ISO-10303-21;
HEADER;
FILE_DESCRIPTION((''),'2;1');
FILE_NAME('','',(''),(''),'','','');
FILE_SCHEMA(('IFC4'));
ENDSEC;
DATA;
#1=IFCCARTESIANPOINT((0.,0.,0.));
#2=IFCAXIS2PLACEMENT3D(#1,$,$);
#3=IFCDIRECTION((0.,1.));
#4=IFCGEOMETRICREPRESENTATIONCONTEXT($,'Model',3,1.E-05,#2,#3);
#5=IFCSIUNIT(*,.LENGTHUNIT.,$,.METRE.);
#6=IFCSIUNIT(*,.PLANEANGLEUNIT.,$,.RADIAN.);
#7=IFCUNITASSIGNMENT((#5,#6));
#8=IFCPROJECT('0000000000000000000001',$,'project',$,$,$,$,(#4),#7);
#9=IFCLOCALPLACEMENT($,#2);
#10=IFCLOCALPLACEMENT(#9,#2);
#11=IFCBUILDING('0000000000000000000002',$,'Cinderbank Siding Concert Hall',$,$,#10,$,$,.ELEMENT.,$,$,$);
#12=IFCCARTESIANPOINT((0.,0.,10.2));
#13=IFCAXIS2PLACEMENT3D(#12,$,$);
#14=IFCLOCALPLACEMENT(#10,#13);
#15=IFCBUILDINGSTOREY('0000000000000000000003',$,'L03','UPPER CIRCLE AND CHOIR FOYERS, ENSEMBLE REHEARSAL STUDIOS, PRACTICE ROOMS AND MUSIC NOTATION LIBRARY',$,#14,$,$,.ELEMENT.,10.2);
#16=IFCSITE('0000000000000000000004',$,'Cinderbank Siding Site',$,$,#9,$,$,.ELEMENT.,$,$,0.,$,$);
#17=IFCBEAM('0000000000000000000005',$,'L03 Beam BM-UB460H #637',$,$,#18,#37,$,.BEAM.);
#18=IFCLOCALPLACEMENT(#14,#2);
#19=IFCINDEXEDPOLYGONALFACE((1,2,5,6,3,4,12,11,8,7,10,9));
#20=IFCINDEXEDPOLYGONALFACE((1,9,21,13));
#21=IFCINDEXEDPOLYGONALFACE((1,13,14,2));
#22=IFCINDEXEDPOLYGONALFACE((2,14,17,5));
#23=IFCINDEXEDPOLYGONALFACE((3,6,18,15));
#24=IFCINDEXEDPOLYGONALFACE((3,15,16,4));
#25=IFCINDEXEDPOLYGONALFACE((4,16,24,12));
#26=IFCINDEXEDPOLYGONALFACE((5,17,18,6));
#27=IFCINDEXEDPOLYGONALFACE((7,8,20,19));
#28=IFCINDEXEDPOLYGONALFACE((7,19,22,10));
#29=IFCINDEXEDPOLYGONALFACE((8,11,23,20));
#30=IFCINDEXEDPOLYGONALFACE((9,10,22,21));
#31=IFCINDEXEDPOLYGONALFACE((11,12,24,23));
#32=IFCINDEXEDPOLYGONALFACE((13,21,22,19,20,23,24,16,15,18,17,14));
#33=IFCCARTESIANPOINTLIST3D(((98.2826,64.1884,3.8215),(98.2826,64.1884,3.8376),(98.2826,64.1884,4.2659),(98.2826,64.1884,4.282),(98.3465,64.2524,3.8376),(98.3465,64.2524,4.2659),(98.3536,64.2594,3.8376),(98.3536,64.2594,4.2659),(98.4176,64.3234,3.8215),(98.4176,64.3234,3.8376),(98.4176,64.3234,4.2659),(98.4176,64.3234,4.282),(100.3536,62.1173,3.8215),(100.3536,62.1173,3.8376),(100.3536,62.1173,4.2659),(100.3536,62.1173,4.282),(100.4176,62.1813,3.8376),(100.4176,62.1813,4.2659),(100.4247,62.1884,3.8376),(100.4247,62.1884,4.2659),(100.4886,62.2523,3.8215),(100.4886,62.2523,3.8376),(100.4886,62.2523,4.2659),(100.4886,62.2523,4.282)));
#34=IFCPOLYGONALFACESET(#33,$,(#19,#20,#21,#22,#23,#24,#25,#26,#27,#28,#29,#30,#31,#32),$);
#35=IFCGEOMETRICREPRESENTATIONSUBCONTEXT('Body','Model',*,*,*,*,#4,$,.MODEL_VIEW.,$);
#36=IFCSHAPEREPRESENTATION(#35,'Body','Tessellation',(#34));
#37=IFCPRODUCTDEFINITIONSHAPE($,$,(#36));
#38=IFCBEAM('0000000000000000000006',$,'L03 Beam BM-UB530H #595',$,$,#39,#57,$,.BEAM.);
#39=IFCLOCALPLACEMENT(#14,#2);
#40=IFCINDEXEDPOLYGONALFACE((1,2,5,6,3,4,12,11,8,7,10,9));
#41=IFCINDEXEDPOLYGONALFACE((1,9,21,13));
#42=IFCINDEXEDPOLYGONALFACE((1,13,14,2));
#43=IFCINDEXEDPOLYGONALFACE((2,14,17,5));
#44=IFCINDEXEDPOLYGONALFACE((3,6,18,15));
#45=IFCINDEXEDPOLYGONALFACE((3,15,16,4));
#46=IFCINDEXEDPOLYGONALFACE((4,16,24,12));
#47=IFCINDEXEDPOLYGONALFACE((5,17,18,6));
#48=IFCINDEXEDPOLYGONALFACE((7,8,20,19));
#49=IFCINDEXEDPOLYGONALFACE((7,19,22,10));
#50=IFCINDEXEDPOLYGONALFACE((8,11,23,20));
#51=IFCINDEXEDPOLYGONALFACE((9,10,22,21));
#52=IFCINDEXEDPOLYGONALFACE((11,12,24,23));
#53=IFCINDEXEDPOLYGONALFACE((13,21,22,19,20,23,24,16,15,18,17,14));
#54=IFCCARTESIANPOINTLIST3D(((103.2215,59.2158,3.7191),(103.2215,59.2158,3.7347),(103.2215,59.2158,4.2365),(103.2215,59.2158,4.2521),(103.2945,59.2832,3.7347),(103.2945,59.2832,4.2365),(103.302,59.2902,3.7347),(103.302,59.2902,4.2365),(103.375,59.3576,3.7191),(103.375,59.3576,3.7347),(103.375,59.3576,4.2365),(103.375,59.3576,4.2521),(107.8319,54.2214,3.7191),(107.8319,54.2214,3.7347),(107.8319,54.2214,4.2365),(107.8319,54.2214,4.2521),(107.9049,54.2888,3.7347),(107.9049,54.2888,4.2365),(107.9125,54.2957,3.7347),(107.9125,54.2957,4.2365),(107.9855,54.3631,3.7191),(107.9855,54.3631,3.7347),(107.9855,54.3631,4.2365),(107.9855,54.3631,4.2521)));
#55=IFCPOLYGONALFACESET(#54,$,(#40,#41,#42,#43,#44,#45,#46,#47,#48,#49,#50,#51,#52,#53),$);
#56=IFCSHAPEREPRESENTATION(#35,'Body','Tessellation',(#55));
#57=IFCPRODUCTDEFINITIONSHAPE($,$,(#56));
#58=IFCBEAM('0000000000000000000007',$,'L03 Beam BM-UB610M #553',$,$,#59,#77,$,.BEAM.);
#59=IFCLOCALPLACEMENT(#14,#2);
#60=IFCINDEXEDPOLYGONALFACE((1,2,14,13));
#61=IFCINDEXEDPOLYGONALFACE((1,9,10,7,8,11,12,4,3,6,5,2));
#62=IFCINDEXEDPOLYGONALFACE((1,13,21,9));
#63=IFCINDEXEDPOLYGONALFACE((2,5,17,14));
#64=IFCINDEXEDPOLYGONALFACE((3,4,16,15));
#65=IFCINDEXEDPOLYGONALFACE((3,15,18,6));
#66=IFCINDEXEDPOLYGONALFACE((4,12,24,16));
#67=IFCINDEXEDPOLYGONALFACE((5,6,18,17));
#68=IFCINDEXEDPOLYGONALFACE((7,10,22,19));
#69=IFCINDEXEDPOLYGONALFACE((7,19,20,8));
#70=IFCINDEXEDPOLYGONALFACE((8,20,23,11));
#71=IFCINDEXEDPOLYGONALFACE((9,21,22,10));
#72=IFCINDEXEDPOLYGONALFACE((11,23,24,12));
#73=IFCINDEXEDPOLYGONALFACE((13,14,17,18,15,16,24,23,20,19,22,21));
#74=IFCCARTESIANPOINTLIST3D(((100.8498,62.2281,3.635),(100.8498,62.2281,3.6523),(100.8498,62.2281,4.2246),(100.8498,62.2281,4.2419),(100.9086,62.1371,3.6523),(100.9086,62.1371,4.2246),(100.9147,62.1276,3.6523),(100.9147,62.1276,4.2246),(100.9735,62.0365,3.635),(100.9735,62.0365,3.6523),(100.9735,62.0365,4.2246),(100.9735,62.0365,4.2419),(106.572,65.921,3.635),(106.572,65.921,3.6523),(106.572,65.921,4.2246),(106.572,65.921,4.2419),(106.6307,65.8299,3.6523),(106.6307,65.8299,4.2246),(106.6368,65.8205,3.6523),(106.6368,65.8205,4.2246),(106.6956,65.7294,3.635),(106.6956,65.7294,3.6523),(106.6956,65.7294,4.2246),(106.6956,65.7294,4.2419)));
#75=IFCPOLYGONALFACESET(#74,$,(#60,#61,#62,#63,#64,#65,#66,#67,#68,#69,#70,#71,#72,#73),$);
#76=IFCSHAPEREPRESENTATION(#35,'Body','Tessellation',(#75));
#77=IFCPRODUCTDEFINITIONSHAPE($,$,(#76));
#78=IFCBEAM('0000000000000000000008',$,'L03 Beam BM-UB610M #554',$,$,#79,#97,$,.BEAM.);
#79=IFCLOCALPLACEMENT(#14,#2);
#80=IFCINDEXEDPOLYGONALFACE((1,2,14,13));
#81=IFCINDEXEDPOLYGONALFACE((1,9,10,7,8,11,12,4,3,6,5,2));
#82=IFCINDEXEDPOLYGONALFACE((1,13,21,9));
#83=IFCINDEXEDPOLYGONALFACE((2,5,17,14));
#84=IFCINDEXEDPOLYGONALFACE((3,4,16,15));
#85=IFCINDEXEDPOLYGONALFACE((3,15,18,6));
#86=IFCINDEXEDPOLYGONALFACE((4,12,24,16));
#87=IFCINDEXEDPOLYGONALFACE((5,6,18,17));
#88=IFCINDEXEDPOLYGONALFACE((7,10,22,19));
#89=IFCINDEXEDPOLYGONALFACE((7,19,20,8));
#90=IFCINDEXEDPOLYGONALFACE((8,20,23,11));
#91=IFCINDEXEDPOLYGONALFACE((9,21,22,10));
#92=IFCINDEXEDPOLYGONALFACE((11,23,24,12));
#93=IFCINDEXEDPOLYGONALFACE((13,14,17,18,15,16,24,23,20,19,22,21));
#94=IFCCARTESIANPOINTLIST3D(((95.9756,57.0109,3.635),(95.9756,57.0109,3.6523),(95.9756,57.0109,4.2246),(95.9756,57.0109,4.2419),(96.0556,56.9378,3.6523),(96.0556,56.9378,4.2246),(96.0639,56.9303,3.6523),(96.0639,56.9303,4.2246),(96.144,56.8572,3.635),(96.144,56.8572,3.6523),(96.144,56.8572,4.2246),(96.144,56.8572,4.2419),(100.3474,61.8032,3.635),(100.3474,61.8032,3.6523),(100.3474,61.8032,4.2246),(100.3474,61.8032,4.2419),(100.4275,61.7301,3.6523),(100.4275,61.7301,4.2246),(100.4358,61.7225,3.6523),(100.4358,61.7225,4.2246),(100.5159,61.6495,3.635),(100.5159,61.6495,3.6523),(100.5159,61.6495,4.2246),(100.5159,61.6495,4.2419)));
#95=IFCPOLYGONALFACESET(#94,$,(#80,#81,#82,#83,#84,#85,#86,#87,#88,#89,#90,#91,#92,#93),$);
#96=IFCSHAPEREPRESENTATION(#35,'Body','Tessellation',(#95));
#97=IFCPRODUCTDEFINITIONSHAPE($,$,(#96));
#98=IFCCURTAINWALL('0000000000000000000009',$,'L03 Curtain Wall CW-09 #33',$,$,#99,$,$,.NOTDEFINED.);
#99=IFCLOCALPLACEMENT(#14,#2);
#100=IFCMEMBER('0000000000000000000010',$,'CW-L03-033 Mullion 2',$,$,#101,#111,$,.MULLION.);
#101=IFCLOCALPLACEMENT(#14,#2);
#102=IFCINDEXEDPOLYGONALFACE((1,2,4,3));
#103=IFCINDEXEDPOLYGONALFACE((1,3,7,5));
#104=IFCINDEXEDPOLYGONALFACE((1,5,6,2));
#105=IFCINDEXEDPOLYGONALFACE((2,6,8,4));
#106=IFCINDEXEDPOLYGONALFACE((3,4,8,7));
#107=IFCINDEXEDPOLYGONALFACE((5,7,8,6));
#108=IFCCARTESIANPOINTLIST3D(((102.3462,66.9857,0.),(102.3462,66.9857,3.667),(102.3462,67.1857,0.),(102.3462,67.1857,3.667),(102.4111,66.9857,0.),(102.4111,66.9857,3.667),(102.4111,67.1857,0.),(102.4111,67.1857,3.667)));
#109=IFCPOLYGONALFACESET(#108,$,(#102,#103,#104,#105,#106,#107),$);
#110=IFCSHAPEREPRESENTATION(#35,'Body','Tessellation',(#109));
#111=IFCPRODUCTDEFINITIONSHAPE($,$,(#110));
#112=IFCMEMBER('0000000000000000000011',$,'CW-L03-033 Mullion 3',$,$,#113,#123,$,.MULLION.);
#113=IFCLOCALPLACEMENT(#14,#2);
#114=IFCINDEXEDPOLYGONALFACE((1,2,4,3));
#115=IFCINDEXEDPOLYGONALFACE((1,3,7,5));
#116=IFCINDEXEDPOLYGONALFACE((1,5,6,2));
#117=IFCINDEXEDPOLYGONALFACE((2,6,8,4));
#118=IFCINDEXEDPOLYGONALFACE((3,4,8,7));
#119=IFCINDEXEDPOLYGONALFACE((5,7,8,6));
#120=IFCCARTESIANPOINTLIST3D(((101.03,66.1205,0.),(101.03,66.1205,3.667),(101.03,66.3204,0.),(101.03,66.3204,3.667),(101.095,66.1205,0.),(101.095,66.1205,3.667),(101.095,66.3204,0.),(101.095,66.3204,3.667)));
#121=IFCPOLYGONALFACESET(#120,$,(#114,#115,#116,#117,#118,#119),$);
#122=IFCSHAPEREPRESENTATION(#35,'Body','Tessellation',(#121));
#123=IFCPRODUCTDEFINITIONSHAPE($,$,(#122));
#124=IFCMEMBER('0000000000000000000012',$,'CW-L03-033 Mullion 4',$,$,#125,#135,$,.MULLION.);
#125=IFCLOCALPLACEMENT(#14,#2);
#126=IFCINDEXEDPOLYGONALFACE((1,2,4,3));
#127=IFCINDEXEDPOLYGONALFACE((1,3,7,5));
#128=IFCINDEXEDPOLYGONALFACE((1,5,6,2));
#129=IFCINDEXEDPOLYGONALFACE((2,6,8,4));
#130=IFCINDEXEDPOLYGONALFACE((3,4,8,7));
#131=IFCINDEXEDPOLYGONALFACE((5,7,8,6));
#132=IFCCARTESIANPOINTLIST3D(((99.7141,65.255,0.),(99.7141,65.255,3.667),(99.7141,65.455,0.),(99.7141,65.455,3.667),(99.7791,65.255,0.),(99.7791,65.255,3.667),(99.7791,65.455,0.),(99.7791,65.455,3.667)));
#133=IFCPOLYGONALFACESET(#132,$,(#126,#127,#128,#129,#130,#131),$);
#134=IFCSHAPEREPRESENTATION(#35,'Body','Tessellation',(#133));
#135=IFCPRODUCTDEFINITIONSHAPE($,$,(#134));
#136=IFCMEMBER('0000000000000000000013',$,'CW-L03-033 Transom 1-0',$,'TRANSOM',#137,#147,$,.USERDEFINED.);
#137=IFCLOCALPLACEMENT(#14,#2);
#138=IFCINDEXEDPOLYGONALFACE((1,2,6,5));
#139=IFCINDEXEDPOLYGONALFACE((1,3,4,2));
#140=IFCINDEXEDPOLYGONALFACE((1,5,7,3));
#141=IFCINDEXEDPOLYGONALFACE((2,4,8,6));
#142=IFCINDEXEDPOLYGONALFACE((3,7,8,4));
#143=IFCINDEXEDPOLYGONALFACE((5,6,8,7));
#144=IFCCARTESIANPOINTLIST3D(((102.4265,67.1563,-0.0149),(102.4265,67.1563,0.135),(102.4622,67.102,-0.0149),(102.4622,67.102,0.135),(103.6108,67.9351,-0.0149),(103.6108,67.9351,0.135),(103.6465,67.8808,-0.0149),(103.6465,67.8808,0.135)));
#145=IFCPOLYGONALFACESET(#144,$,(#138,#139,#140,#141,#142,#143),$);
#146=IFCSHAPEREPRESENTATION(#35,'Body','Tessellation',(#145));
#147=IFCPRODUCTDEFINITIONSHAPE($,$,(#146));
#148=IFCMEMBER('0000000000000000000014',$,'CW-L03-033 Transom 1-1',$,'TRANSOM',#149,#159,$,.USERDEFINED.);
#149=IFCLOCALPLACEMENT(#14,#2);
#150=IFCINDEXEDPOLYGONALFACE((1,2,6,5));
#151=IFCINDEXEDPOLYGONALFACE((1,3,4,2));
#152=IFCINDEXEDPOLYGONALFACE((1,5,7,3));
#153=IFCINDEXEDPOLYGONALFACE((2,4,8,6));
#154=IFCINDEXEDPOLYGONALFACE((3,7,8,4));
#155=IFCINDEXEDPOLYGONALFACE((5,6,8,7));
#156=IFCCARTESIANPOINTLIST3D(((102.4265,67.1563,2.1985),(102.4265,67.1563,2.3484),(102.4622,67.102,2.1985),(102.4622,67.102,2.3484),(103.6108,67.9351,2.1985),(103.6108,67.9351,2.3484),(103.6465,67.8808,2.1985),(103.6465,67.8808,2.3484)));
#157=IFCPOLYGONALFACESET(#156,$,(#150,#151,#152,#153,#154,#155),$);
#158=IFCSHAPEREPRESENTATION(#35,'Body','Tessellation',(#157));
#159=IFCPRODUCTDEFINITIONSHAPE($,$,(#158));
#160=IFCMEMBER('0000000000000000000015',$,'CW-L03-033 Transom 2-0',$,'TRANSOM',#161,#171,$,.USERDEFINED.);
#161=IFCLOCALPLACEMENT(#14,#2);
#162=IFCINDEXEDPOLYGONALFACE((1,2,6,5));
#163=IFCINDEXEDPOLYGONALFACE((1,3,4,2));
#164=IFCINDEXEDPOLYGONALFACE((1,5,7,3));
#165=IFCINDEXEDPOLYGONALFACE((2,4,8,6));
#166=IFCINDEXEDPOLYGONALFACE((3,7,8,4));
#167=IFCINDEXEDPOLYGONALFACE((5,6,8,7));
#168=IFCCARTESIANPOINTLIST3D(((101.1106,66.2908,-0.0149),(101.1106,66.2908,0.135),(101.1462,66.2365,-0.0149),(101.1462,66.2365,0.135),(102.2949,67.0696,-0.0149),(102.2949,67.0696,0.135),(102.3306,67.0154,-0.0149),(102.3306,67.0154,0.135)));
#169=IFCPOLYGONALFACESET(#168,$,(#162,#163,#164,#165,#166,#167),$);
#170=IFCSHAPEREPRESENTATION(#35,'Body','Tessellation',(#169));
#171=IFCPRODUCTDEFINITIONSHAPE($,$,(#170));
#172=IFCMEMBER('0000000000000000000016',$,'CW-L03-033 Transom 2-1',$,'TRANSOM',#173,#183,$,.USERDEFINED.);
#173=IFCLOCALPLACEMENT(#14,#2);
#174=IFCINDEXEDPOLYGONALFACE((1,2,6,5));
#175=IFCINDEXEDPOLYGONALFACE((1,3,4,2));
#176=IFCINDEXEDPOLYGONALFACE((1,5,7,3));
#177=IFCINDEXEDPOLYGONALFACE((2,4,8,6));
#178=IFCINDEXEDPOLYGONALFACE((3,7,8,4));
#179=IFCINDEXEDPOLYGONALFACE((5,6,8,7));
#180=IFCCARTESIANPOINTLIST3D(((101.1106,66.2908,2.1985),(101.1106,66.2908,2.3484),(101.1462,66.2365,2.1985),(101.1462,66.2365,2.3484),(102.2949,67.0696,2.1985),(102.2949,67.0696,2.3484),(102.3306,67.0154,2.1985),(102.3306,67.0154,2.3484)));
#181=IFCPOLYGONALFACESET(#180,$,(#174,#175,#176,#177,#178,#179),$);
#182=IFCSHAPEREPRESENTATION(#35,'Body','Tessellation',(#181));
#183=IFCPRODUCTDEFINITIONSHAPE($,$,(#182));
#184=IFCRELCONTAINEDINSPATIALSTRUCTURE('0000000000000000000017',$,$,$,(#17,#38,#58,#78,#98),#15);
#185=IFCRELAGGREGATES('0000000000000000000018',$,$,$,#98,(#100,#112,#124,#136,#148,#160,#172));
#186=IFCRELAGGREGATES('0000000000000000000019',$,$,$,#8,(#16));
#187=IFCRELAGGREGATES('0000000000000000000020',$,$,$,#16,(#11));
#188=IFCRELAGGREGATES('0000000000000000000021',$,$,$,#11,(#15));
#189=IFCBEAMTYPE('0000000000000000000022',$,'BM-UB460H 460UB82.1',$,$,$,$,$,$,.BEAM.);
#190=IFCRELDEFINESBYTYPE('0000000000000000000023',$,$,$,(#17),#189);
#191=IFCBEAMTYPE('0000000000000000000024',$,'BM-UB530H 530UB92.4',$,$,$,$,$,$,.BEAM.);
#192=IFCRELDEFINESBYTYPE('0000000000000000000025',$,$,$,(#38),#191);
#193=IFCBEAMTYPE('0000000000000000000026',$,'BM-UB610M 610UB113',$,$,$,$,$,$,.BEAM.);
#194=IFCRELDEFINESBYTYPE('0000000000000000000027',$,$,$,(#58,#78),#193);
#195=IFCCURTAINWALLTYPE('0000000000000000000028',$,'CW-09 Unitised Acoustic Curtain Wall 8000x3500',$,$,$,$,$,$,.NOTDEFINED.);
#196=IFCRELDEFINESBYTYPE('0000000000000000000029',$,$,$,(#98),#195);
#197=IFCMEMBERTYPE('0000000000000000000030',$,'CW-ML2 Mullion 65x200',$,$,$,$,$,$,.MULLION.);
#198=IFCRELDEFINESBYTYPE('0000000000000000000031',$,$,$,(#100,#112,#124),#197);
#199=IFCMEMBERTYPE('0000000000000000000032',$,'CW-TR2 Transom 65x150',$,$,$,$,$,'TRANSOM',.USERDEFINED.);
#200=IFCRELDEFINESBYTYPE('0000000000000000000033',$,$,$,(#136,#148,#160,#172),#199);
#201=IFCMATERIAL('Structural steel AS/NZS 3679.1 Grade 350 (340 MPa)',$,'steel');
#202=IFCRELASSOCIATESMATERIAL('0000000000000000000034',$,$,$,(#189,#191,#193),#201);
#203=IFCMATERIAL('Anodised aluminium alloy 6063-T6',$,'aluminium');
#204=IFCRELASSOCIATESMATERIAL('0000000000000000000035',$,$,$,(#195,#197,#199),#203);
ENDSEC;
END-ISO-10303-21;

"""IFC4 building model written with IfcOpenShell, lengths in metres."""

from ifc_helpers import new_model, si_unit, direction, frame, origin, origin_2d, place, context, subcontext, project, spatial, rectangle, i_section, extrude, material, material_profile, profile_set, type_object, element, aggregate, save


model = new_model("IFC4")

# Units and contexts
model_context = context("Model", 3, precision=1e-05, world=origin(), true_north=direction((0.0, 1.0)))
body_context = subcontext(model_context, "Body", "Model", "MODEL_VIEW")
ifc_project = project(units=[si_unit("LENGTHUNIT", "METRE"), si_unit("PLANEANGLEUNIT", "RADIAN")], contexts=[model_context])

# Site, building, storey
site_placement = place(None, origin())
site = spatial("IfcSite", under=ifc_project, at=site_placement, Name="Cinderbank Siding Site", CompositionType="ELEMENT", RefElevation=0.0)
building_placement = place(site_placement, origin())
building = spatial("IfcBuilding", under=site, at=building_placement, Name="Cinderbank Siding Concert Hall", CompositionType="ELEMENT")
storey_placement = place(building_placement, frame((0.0, 0.0, 10.2)))
storey = spatial("IfcBuildingStorey", under=building, at=storey_placement, Name="L03", Description="UPPER CIRCLE AND CHOIR FOYERS, ENSEMBLE REHEARSAL STUDIOS, PRACTICE ROOMS AND MUSIC NOTATION LIBRARY", CompositionType="ELEMENT", Elevation=10.2)

# Beams
ifc_material_1 = material(Name="Structural steel AS/NZS 3679.1 Grade 350 (340 MPa)", Category="steel")
ifc_material_profile_1 = material_profile(ifc_material_1, i_section(OverallWidth=0.1909, OverallDepth=0.4604, WebThickness=0.01, FlangeThickness=0.0161, at=origin_2d()), Name="460UB82.1", Category="LoadBearing")
ifc_profile_set_1 = profile_set([ifc_material_profile_1], Name="Structural steel AS/NZS 3679.1 Grade 350 (340 MPa)")
beam_type_1 = type_object("IfcBeamType", Name="BM-UB460H 460UB82.1", PredefinedType="BEAM", material=ifc_profile_set_1)
for number, where, z_axis, x_axis, name in (
    (1, (100.4211, 62.1848, 4.0518), (-0.707107, 0.707107, 0.0), (-0.707107, -0.707107, 0.0), "L03 Beam BM-UB460H #637"),
):
    element("IfcBeam", number, at=place(storey_placement, frame(where, z_axis=z_axis, x_axis=x_axis)), inside=storey, type_object=beam_type_1, Name=name, PredefinedType="BEAM", context=body_context, shape_type="SweptSolid", body=[
        extrude(i_section(OverallWidth=0.1909, OverallDepth=0.4604, WebThickness=0.01, FlangeThickness=0.0161, at=origin_2d()), origin(), (0.0, 0.0, 1.0), 2.929),
    ])
ifc_material_profile_2 = material_profile(ifc_material_1, i_section(OverallWidth=0.209, OverallDepth=0.533, WebThickness=0.0103, FlangeThickness=0.0156, at=origin_2d()), Name="530UB92.4", Category="LoadBearing")
ifc_profile_set_2 = profile_set([ifc_material_profile_2], Name="Structural steel AS/NZS 3679.1 Grade 350 (340 MPa)")
beam_type_2 = type_object("IfcBeamType", Name="BM-UB530H 530UB92.4", PredefinedType="BEAM", material=ifc_profile_set_2)
beam_1_placement = place(storey_placement, frame((107.9087, 54.2922, 3.9856), z_axis=(-0.678292, 0.734792, 0.0), x_axis=(-0.734792, -0.678292, 0.0)))
element("IfcBeam", 2, at=beam_1_placement, inside=storey, type_object=beam_type_2, Name="L03 Beam BM-UB530H #595", PredefinedType="BEAM", context=body_context, shape_type="SweptSolid", body=[
    extrude(i_section(OverallWidth=0.209, OverallDepth=0.533, WebThickness=0.0103, FlangeThickness=0.0156, at=origin_2d()), origin(), (0.0, 0.0, 1.0), 6.7971),
])
ifc_material_profile_3 = material_profile(ifc_material_1, i_section(OverallWidth=0.228, OverallDepth=0.6069, WebThickness=0.0112, FlangeThickness=0.0173, at=origin_2d()), Name="610UB113", Category="LoadBearing")
ifc_profile_set_3 = profile_set([ifc_material_profile_3], Name="Structural steel AS/NZS 3679.1 Grade 350 (340 MPa)")
beam_type_3 = type_object("IfcBeamType", Name="BM-UB610M 610UB113", PredefinedType="BEAM", material=ifc_profile_set_3)
beam_2_placement = place(storey_placement, frame((106.6338, 65.8252, 3.9385), z_axis=(-0.84022, -0.542246, 0.0), x_axis=(0.542246, -0.84022, 0.0)))
element("IfcBeam", 3, at=beam_2_placement, inside=storey, type_object=beam_type_3, Name="L03 Beam BM-UB610M #553", PredefinedType="BEAM", context=body_context, shape_type="SweptSolid", body=[
    extrude(i_section(OverallWidth=0.228, OverallDepth=0.6069, WebThickness=0.0112, FlangeThickness=0.0173, at=origin_2d()), origin(), (0.0, 0.0, 1.0), 6.8103),
])
beam_3_placement = place(storey_placement, frame((100.4316, 61.7263, 3.9385), z_axis=(-0.673959, -0.738769, 0.0), x_axis=(0.738769, -0.673959, 0.0)))
element("IfcBeam", 4, at=beam_3_placement, inside=storey, type_object=beam_type_3, Name="L03 Beam BM-UB610M #554", PredefinedType="BEAM", context=body_context, shape_type="SweptSolid", body=[
    extrude(i_section(OverallWidth=0.228, OverallDepth=0.6069, WebThickness=0.0112, FlangeThickness=0.0173, at=origin_2d()), origin(), (0.0, 0.0, 1.0), 6.4868),
])

# Curtain wall, members
ifc_material_2 = material(Name="Anodised aluminium alloy 6063-T6", Category="aluminium")
curtain_wall_type = type_object("IfcCurtainWallType", Name="CW-09 Unitised Acoustic Curtain Wall 8000x3500", PredefinedType="NOTDEFINED", material=ifc_material_2)
curtain_wall_placement = place(storey_placement, origin())
curtain_wall = element("IfcCurtainWall", 5, at=curtain_wall_placement, inside=storey, type_object=curtain_wall_type, Name="L03 Curtain Wall CW-09 #33", PredefinedType="NOTDEFINED")
ifc_material_profile_4 = material_profile(ifc_material_2, rectangle(XDim=0.0649, YDim=0.2, at=origin_2d()), Name="ALU-MULL-65x200", Category="LoadBearing")
ifc_profile_set_4 = profile_set([ifc_material_profile_4], Name="Anodised aluminium alloy 6063-T6")
member_type_1 = type_object("IfcMemberType", Name="CW-ML2 Mullion 65x200", PredefinedType="MULLION", material=ifc_profile_set_4)
member_1_placement = place(storey_placement, frame((102.3787, 67.0857, 0.0), z_axis=(0.0, 0.0, 1.0), x_axis=(1.0, 0.0, 0.0)))
member_1 = element("IfcMember", 6, at=member_1_placement, type_object=member_type_1, Name="CW-L03-033 Mullion 2", PredefinedType="MULLION", context=body_context, shape_type="SweptSolid", body=[
    extrude(rectangle(XDim=0.0649, YDim=0.2, at=origin_2d()), origin(), (0.0, 0.0, 1.0), 3.667),
])
member_2_placement = place(storey_placement, frame((101.0625, 66.2205, 0.0), z_axis=(0.0, 0.0, 1.0), x_axis=(1.0, 0.0, 0.0)))
member_2 = element("IfcMember", 7, at=member_2_placement, type_object=member_type_1, Name="CW-L03-033 Mullion 3", PredefinedType="MULLION", context=body_context, shape_type="SweptSolid", body=[
    extrude(rectangle(XDim=0.0649, YDim=0.2, at=origin_2d()), origin(), (0.0, 0.0, 1.0), 3.667),
])
member_3_placement = place(storey_placement, frame((99.7466, 65.355, 0.0), z_axis=(0.0, 0.0, 1.0), x_axis=(1.0, 0.0, 0.0)))
member_3 = element("IfcMember", 8, at=member_3_placement, type_object=member_type_1, Name="CW-L03-033 Mullion 4", PredefinedType="MULLION", context=body_context, shape_type="SweptSolid", body=[
    extrude(rectangle(XDim=0.0649, YDim=0.2, at=origin_2d()), origin(), (0.0, 0.0, 1.0), 3.667),
])
ifc_material_profile_5 = material_profile(ifc_material_2, rectangle(XDim=0.0649, YDim=0.1499, at=origin_2d()), Name="ALU-TRAN-65x150", Category="LoadBearing")
ifc_profile_set_5 = profile_set([ifc_material_profile_5], Name="Anodised aluminium alloy 6063-T6")
member_type_2 = type_object("IfcMemberType", Name="CW-TR2 Transom 65x150", ElementType="TRANSOM", PredefinedType="USERDEFINED", material=ifc_profile_set_5)
member_4_placement = place(storey_placement, frame((103.6287, 67.908, 0.0601), z_axis=(-0.835532, -0.549443, 0.0), x_axis=(0.549443, -0.835532, 0.0)))
member_4 = element("IfcMember", 9, at=member_4_placement, type_object=member_type_2, Name="CW-L03-033 Transom 1-0", ObjectType="TRANSOM", PredefinedType="USERDEFINED", context=body_context, shape_type="SweptSolid", body=[
    extrude(rectangle(XDim=0.0649, YDim=0.1499, at=origin_2d()), origin(), (0.0, 0.0, 1.0), 1.4175),
])
member_5_placement = place(storey_placement, frame((103.6287, 67.908, 2.2734), z_axis=(-0.835532, -0.549443, 0.0), x_axis=(0.549443, -0.835532, 0.0)))
member_5 = element("IfcMember", 10, at=member_5_placement, type_object=member_type_2, Name="CW-L03-033 Transom 1-1", ObjectType="TRANSOM", PredefinedType="USERDEFINED", context=body_context, shape_type="SweptSolid", body=[
    extrude(rectangle(XDim=0.0649, YDim=0.1499, at=origin_2d()), origin(), (0.0, 0.0, 1.0), 1.4175),
])
member_6_placement = place(storey_placement, frame((102.3127, 67.0425, 0.0601), z_axis=(-0.835532, -0.549443, 0.0), x_axis=(0.549443, -0.835532, 0.0)))
member_6 = element("IfcMember", 11, at=member_6_placement, type_object=member_type_2, Name="CW-L03-033 Transom 2-0", ObjectType="TRANSOM", PredefinedType="USERDEFINED", context=body_context, shape_type="SweptSolid", body=[
    extrude(rectangle(XDim=0.0649, YDim=0.1499, at=origin_2d()), origin(), (0.0, 0.0, 1.0), 1.4175),
])
member_7_placement = place(storey_placement, frame((102.3127, 67.0425, 2.2734), z_axis=(-0.835532, -0.549443, 0.0), x_axis=(0.549443, -0.835532, 0.0)))
member_7 = element("IfcMember", 12, at=member_7_placement, type_object=member_type_2, Name="CW-L03-033 Transom 2-1", ObjectType="TRANSOM", PredefinedType="USERDEFINED", context=body_context, shape_type="SweptSolid", body=[
    extrude(rectangle(XDim=0.0649, YDim=0.1499, at=origin_2d()), origin(), (0.0, 0.0, 1.0), 1.4175),
])
aggregate(curtain_wall, [member_1, member_2, member_3, member_4, member_5, member_6, member_7])

save(model, "model.ifc")
